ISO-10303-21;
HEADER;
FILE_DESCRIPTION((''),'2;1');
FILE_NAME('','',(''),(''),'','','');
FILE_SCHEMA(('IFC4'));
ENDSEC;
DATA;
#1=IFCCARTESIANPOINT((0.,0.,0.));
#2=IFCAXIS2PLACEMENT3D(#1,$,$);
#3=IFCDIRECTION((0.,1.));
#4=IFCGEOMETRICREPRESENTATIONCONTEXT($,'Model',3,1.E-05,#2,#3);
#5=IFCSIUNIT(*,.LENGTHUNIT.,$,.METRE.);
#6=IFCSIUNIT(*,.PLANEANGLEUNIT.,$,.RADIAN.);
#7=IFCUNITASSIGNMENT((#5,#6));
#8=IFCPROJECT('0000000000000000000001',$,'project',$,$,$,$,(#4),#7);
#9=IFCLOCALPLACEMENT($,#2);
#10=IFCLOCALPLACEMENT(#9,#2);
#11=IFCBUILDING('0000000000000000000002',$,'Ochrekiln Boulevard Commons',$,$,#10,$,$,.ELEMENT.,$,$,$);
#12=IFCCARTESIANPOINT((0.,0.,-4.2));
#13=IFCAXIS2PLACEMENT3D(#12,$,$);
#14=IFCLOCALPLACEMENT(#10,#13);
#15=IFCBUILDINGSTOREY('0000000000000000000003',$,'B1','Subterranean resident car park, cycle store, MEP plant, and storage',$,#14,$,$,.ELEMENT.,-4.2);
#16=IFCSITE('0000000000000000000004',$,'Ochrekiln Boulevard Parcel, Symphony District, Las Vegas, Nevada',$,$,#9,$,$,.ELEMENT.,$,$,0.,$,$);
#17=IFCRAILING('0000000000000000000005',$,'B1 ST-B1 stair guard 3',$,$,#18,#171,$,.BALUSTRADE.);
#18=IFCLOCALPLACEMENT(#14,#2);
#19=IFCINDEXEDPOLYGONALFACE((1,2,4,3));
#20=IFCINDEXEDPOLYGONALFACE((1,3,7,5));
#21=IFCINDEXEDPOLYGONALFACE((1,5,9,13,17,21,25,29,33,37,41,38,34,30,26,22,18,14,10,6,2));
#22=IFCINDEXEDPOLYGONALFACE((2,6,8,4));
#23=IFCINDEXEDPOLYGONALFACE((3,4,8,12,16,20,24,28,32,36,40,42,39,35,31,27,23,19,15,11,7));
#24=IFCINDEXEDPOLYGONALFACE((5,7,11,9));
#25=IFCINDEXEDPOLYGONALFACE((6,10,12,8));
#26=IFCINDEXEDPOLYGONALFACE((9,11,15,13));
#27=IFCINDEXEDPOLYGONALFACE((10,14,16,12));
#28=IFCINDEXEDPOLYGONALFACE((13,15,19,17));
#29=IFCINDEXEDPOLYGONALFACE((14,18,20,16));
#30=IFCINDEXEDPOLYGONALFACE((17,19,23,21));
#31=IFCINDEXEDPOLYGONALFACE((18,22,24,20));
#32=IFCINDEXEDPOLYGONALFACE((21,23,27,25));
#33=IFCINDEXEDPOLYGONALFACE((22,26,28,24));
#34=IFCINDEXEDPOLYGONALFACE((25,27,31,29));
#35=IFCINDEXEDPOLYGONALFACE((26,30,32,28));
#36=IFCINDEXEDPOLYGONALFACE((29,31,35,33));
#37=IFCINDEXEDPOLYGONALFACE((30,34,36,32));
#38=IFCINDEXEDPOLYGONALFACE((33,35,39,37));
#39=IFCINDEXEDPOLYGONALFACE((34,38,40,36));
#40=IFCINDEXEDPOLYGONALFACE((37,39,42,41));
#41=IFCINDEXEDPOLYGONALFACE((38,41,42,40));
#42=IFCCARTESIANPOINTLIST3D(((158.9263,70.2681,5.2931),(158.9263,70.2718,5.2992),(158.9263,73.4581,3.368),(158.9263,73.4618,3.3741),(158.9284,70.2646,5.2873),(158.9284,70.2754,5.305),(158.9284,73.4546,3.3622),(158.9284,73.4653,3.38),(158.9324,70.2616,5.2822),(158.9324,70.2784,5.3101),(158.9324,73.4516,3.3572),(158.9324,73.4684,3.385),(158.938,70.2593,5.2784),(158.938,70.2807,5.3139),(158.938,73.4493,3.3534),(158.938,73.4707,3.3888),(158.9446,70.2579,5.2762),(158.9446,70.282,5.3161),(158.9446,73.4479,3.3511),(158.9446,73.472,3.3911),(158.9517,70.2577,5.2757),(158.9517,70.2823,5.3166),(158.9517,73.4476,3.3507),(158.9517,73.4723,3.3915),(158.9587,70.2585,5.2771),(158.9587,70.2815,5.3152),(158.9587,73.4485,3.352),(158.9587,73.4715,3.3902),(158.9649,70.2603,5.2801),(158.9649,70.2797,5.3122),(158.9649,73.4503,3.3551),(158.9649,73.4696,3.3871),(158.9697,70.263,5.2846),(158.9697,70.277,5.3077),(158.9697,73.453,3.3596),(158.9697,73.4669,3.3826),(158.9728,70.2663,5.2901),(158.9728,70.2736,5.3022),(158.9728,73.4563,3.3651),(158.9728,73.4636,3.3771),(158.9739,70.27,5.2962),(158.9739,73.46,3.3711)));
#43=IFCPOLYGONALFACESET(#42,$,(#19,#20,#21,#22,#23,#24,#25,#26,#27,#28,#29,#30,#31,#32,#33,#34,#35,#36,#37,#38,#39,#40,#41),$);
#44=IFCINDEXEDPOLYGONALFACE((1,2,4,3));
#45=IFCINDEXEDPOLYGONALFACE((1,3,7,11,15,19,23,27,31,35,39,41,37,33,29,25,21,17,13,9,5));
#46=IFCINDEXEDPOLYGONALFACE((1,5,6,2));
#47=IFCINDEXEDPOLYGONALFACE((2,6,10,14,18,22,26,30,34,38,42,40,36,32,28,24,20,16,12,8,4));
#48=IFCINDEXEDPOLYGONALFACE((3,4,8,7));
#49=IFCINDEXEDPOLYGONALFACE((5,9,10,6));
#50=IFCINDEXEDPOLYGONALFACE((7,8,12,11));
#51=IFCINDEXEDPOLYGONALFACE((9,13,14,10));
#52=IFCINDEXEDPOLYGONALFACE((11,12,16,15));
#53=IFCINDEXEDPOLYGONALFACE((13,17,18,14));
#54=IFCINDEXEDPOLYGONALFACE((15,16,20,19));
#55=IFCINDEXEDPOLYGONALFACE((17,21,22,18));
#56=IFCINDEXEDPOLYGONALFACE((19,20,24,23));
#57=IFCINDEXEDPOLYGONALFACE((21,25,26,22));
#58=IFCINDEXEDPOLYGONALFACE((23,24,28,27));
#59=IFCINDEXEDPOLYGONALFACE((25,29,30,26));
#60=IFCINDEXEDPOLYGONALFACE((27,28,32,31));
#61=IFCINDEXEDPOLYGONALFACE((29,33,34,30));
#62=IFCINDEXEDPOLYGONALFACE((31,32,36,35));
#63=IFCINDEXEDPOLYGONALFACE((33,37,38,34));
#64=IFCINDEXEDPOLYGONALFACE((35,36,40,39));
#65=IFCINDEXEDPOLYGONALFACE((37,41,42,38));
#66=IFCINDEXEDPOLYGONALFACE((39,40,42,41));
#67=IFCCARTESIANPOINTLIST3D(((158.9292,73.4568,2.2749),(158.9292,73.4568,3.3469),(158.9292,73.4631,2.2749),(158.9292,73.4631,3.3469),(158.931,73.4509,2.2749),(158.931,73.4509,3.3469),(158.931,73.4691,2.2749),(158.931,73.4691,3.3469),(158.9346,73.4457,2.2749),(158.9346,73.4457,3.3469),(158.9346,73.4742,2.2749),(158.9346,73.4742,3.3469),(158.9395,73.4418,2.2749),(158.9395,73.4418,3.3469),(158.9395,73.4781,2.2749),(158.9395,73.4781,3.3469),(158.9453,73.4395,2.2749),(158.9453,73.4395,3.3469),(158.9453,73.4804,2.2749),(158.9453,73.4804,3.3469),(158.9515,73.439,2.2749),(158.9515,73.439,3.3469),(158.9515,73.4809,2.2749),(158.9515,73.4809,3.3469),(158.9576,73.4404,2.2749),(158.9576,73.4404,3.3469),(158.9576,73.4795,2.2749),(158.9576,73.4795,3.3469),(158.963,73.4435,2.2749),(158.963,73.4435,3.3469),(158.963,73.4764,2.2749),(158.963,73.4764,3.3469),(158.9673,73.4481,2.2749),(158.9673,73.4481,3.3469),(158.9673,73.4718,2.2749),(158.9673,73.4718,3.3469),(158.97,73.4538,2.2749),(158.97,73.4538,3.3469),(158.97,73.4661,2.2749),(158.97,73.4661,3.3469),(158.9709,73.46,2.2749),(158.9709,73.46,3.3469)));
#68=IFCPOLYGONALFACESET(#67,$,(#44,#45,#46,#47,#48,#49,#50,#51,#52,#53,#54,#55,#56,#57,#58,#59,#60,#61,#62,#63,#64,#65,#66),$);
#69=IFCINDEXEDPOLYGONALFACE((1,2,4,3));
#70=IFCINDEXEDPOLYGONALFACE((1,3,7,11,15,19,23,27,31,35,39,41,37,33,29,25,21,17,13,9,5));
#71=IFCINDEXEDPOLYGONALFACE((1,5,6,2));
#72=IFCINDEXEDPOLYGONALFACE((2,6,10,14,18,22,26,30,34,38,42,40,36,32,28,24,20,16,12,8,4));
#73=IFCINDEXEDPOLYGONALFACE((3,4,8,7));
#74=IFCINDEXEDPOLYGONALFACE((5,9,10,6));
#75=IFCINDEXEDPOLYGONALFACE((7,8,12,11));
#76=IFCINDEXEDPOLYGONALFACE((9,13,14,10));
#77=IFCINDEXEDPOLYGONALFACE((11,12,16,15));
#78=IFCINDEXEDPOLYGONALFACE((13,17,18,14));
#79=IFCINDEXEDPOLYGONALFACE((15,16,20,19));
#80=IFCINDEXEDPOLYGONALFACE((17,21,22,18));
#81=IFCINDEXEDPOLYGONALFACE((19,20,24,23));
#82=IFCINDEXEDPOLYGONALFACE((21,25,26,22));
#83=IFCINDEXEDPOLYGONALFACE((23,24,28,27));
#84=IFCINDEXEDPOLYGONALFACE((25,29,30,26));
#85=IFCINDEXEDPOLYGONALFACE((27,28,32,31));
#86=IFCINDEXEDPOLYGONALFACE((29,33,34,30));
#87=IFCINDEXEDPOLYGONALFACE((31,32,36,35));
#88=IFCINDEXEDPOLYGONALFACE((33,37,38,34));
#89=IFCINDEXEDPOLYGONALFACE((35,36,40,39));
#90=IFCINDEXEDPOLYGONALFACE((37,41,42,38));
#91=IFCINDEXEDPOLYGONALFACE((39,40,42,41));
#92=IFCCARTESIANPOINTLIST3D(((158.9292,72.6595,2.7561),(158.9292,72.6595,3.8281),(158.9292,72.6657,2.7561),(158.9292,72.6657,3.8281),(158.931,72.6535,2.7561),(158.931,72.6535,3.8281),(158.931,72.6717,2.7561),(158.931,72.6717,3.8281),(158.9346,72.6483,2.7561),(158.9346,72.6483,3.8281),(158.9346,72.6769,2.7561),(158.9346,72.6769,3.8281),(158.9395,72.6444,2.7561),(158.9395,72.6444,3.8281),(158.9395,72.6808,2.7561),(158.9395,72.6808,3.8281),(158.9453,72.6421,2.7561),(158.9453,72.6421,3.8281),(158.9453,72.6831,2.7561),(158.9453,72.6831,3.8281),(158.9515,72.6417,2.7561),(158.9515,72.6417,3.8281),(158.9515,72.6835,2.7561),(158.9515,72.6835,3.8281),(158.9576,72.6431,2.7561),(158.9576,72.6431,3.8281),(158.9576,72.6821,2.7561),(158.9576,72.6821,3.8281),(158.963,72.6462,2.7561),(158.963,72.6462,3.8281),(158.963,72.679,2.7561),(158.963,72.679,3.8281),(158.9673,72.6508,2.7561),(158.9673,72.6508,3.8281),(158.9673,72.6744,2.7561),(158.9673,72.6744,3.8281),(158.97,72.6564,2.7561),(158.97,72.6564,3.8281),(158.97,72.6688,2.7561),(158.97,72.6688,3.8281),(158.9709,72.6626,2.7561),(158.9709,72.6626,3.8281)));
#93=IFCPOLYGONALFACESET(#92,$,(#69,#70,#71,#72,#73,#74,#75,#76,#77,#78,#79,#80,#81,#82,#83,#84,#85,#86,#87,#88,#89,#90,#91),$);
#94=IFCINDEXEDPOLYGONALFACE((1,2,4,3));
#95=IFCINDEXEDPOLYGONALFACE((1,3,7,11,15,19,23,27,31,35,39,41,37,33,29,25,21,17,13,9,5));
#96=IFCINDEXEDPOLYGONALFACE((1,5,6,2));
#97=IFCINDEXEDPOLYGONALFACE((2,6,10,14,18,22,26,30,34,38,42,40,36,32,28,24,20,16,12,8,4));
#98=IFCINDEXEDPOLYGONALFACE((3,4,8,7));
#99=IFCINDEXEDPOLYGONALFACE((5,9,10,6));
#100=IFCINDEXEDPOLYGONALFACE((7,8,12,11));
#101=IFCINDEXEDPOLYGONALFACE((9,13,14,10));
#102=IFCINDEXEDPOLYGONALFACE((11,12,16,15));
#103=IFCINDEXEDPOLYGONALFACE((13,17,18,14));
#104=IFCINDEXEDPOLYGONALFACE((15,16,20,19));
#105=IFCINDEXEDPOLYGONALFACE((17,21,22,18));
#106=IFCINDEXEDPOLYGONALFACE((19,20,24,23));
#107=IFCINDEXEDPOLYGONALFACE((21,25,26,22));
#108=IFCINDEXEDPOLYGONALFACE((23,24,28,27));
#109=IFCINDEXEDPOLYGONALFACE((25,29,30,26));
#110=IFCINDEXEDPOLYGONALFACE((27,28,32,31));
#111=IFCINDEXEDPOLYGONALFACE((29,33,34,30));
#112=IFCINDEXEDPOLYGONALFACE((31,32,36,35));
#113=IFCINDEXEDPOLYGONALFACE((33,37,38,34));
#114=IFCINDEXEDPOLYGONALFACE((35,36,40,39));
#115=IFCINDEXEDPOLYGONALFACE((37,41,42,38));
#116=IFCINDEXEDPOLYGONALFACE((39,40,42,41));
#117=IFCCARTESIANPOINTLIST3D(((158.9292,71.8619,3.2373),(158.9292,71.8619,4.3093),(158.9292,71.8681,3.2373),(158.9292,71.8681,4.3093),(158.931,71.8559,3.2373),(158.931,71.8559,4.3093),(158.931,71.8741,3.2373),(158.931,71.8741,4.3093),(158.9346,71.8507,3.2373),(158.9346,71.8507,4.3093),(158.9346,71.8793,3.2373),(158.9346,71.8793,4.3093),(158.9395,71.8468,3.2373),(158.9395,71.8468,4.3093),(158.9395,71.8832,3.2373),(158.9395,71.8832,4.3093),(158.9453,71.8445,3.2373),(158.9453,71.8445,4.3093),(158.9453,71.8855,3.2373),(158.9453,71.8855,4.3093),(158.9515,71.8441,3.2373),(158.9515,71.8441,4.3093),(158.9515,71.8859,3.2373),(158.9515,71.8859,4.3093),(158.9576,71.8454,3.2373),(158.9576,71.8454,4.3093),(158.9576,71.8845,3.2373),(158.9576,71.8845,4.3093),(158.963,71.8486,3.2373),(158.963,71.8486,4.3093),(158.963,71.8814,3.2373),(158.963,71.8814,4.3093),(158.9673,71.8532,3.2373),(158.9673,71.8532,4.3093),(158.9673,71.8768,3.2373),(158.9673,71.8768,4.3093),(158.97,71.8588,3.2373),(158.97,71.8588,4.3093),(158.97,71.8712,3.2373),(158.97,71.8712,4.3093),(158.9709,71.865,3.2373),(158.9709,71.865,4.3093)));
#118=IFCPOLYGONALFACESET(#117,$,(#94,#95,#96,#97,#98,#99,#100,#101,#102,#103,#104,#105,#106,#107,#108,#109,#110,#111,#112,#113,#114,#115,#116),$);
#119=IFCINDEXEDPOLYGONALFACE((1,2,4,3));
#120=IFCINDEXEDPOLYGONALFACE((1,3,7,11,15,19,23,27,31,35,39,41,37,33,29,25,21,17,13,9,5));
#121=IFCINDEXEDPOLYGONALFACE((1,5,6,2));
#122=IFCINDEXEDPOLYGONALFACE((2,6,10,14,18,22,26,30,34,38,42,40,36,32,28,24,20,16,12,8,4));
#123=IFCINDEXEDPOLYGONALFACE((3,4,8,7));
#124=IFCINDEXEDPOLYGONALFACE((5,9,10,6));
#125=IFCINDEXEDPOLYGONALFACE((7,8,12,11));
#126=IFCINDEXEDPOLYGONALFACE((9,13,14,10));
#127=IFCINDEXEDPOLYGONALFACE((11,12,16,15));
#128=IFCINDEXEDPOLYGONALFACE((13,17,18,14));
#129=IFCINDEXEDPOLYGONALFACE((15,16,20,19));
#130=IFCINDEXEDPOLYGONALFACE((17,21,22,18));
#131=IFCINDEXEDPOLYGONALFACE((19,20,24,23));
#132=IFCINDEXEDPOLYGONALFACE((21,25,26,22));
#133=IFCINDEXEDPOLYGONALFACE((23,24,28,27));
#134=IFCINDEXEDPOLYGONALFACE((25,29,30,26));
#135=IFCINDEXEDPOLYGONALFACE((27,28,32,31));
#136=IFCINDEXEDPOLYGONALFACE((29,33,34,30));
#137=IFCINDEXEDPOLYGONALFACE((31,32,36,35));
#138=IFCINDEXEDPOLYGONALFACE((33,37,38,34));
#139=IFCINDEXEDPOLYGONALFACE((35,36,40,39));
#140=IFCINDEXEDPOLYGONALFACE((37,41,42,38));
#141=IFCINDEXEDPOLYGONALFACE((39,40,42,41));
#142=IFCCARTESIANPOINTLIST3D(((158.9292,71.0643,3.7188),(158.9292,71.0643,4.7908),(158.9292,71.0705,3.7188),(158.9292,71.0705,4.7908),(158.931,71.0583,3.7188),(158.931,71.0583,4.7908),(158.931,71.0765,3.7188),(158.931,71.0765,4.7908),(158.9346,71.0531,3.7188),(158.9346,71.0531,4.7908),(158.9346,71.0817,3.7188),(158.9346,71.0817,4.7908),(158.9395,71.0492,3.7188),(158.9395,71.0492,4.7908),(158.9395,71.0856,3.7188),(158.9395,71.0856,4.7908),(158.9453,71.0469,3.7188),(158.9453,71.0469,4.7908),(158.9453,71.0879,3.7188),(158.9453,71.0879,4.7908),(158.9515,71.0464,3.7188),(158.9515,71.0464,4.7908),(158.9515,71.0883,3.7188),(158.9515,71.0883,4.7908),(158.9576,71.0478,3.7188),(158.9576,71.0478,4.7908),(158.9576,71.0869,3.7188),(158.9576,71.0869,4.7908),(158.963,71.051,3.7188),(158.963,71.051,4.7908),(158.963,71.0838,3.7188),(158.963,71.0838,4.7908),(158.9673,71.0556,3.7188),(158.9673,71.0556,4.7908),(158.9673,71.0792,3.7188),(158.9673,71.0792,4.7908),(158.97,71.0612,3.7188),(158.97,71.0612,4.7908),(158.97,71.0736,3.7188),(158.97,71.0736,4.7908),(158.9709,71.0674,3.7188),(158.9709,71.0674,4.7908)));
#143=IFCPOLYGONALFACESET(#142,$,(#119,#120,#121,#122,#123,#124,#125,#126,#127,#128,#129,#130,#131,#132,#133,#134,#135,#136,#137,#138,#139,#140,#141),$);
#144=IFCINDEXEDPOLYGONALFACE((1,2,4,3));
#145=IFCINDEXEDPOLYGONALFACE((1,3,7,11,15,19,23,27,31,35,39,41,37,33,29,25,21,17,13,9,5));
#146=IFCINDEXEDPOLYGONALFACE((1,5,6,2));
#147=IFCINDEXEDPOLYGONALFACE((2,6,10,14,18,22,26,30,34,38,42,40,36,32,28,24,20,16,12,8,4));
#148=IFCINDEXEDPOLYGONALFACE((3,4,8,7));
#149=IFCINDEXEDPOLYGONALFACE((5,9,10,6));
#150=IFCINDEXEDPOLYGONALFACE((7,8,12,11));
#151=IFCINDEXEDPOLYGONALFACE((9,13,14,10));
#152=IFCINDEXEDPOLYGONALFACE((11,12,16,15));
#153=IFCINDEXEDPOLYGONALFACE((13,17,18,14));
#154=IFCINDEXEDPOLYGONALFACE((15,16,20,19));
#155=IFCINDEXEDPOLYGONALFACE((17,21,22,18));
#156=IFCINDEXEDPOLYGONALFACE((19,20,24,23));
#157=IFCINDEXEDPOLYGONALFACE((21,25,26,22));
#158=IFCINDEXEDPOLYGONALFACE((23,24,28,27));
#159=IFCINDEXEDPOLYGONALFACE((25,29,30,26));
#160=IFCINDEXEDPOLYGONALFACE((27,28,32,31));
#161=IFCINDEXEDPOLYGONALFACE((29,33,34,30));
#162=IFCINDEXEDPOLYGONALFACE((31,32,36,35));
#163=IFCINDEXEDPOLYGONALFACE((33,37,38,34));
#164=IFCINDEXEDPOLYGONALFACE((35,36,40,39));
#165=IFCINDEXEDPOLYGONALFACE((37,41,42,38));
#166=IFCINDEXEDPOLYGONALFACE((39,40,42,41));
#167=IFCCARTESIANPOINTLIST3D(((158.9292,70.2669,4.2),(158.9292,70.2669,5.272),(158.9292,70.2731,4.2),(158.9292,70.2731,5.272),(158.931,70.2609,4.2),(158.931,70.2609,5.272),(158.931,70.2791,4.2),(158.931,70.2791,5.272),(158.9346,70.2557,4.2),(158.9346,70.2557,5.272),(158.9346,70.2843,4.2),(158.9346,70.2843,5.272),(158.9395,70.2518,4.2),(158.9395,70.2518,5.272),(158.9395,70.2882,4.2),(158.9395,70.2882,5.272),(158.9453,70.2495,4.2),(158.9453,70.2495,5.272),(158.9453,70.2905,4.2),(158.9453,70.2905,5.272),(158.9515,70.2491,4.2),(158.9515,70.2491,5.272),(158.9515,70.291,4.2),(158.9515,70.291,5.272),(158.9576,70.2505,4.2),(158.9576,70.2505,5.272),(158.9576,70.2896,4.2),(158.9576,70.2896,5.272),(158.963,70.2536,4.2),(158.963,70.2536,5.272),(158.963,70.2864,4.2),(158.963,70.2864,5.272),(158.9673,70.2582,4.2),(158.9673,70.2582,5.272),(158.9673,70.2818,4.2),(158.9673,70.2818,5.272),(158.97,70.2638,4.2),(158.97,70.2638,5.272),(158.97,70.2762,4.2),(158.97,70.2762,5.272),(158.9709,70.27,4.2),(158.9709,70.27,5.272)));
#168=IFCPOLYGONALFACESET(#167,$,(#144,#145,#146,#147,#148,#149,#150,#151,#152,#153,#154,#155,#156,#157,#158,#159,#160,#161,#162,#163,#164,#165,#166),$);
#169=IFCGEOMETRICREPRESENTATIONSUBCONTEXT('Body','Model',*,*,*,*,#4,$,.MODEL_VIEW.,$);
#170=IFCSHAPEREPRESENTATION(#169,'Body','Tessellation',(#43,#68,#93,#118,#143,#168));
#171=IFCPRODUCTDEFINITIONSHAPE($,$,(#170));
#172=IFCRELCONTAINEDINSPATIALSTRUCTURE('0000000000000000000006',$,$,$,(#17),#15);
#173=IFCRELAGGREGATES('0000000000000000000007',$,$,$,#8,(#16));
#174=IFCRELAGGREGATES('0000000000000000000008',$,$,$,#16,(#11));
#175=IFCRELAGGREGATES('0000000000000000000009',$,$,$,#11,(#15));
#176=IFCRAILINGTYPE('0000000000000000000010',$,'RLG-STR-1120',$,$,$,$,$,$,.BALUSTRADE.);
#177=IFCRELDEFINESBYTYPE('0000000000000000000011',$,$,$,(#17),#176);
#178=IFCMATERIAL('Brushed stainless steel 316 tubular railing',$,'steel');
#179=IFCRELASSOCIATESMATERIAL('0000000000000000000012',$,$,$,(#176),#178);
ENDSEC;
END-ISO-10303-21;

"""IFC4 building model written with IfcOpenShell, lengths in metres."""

from ifc_helpers import new_model, si_unit, direction, frame, origin, origin_2d, place, context, subcontext, project, spatial, circle, extrude, material, type_object, element, save


model = new_model("IFC4")

# Units and contexts
model_context = context("Model", 3, precision=1e-05, world=origin(), true_north=direction((0.0, 1.0)))
body_context = subcontext(model_context, "Body", "Model", "MODEL_VIEW")
ifc_project = project(units=[si_unit("LENGTHUNIT", "METRE"), si_unit("PLANEANGLEUNIT", "RADIAN")], contexts=[model_context])

# Site, building, storey
site_placement = place(None, origin())
site = spatial("IfcSite", under=ifc_project, at=site_placement, Name="Ochrekiln Boulevard Parcel, Symphony District, Las Vegas, Nevada", CompositionType="ELEMENT", RefElevation=0.0)
building_placement = place(site_placement, origin())
building = spatial("IfcBuilding", under=site, at=building_placement, Name="Ochrekiln Boulevard Commons", CompositionType="ELEMENT")
storey_placement = place(building_placement, frame((0.0, 0.0, -4.2)))
storey = spatial("IfcBuildingStorey", under=building, at=storey_placement, Name="B1", Description="Subterranean resident car park, cycle store, MEP plant, and storage", CompositionType="ELEMENT", Elevation=-4.2)

# Railing
ifc_material_1 = material(Name="Brushed stainless steel 316 tubular railing", Category="steel")
railing_type_1 = type_object("IfcRailingType", Name="RLG-STR-1120", PredefinedType="BALUSTRADE", material=ifc_material_1)
railing_1_placement = place(storey_placement, frame((158.95, 73.46, 2.2749)))
element("IfcRailing", 1, at=railing_1_placement, inside=storey, type_object=railing_type_1, Name="B1 ST-B1 stair guard 3", PredefinedType="BALUSTRADE", context=body_context, shape_type="SweptSolid", body=[
    extrude(circle(Radius=0.0239, at=origin_2d()), frame((0.0, 0.0, 1.0962), z_axis=(0.0, -0.856178, 0.516682), x_axis=(1.0, 0.0, 0.0)), (0.0, 0.0, 1.0), 3.7258),
    extrude(circle(Radius=0.021, at=origin_2d()), origin(), (0.0, 0.0, 1.0), 1.072),
    extrude(circle(Radius=0.021, at=origin_2d()), frame((0.0, -0.7974, 0.4812)), (0.0, 0.0, 1.0), 1.072),
    extrude(circle(Radius=0.021, at=origin_2d()), frame((0.0, -1.595, 0.9624)), (0.0, 0.0, 1.0), 1.072),
    extrude(circle(Radius=0.021, at=origin_2d()), frame((0.0, -2.3926, 1.4438)), (0.0, 0.0, 1.0), 1.072),
    extrude(circle(Radius=0.021, at=origin_2d()), frame((0.0, -3.1899, 1.925)), (0.0, 0.0, 1.0), 1.072),
])

save(model, "model.ifc")
